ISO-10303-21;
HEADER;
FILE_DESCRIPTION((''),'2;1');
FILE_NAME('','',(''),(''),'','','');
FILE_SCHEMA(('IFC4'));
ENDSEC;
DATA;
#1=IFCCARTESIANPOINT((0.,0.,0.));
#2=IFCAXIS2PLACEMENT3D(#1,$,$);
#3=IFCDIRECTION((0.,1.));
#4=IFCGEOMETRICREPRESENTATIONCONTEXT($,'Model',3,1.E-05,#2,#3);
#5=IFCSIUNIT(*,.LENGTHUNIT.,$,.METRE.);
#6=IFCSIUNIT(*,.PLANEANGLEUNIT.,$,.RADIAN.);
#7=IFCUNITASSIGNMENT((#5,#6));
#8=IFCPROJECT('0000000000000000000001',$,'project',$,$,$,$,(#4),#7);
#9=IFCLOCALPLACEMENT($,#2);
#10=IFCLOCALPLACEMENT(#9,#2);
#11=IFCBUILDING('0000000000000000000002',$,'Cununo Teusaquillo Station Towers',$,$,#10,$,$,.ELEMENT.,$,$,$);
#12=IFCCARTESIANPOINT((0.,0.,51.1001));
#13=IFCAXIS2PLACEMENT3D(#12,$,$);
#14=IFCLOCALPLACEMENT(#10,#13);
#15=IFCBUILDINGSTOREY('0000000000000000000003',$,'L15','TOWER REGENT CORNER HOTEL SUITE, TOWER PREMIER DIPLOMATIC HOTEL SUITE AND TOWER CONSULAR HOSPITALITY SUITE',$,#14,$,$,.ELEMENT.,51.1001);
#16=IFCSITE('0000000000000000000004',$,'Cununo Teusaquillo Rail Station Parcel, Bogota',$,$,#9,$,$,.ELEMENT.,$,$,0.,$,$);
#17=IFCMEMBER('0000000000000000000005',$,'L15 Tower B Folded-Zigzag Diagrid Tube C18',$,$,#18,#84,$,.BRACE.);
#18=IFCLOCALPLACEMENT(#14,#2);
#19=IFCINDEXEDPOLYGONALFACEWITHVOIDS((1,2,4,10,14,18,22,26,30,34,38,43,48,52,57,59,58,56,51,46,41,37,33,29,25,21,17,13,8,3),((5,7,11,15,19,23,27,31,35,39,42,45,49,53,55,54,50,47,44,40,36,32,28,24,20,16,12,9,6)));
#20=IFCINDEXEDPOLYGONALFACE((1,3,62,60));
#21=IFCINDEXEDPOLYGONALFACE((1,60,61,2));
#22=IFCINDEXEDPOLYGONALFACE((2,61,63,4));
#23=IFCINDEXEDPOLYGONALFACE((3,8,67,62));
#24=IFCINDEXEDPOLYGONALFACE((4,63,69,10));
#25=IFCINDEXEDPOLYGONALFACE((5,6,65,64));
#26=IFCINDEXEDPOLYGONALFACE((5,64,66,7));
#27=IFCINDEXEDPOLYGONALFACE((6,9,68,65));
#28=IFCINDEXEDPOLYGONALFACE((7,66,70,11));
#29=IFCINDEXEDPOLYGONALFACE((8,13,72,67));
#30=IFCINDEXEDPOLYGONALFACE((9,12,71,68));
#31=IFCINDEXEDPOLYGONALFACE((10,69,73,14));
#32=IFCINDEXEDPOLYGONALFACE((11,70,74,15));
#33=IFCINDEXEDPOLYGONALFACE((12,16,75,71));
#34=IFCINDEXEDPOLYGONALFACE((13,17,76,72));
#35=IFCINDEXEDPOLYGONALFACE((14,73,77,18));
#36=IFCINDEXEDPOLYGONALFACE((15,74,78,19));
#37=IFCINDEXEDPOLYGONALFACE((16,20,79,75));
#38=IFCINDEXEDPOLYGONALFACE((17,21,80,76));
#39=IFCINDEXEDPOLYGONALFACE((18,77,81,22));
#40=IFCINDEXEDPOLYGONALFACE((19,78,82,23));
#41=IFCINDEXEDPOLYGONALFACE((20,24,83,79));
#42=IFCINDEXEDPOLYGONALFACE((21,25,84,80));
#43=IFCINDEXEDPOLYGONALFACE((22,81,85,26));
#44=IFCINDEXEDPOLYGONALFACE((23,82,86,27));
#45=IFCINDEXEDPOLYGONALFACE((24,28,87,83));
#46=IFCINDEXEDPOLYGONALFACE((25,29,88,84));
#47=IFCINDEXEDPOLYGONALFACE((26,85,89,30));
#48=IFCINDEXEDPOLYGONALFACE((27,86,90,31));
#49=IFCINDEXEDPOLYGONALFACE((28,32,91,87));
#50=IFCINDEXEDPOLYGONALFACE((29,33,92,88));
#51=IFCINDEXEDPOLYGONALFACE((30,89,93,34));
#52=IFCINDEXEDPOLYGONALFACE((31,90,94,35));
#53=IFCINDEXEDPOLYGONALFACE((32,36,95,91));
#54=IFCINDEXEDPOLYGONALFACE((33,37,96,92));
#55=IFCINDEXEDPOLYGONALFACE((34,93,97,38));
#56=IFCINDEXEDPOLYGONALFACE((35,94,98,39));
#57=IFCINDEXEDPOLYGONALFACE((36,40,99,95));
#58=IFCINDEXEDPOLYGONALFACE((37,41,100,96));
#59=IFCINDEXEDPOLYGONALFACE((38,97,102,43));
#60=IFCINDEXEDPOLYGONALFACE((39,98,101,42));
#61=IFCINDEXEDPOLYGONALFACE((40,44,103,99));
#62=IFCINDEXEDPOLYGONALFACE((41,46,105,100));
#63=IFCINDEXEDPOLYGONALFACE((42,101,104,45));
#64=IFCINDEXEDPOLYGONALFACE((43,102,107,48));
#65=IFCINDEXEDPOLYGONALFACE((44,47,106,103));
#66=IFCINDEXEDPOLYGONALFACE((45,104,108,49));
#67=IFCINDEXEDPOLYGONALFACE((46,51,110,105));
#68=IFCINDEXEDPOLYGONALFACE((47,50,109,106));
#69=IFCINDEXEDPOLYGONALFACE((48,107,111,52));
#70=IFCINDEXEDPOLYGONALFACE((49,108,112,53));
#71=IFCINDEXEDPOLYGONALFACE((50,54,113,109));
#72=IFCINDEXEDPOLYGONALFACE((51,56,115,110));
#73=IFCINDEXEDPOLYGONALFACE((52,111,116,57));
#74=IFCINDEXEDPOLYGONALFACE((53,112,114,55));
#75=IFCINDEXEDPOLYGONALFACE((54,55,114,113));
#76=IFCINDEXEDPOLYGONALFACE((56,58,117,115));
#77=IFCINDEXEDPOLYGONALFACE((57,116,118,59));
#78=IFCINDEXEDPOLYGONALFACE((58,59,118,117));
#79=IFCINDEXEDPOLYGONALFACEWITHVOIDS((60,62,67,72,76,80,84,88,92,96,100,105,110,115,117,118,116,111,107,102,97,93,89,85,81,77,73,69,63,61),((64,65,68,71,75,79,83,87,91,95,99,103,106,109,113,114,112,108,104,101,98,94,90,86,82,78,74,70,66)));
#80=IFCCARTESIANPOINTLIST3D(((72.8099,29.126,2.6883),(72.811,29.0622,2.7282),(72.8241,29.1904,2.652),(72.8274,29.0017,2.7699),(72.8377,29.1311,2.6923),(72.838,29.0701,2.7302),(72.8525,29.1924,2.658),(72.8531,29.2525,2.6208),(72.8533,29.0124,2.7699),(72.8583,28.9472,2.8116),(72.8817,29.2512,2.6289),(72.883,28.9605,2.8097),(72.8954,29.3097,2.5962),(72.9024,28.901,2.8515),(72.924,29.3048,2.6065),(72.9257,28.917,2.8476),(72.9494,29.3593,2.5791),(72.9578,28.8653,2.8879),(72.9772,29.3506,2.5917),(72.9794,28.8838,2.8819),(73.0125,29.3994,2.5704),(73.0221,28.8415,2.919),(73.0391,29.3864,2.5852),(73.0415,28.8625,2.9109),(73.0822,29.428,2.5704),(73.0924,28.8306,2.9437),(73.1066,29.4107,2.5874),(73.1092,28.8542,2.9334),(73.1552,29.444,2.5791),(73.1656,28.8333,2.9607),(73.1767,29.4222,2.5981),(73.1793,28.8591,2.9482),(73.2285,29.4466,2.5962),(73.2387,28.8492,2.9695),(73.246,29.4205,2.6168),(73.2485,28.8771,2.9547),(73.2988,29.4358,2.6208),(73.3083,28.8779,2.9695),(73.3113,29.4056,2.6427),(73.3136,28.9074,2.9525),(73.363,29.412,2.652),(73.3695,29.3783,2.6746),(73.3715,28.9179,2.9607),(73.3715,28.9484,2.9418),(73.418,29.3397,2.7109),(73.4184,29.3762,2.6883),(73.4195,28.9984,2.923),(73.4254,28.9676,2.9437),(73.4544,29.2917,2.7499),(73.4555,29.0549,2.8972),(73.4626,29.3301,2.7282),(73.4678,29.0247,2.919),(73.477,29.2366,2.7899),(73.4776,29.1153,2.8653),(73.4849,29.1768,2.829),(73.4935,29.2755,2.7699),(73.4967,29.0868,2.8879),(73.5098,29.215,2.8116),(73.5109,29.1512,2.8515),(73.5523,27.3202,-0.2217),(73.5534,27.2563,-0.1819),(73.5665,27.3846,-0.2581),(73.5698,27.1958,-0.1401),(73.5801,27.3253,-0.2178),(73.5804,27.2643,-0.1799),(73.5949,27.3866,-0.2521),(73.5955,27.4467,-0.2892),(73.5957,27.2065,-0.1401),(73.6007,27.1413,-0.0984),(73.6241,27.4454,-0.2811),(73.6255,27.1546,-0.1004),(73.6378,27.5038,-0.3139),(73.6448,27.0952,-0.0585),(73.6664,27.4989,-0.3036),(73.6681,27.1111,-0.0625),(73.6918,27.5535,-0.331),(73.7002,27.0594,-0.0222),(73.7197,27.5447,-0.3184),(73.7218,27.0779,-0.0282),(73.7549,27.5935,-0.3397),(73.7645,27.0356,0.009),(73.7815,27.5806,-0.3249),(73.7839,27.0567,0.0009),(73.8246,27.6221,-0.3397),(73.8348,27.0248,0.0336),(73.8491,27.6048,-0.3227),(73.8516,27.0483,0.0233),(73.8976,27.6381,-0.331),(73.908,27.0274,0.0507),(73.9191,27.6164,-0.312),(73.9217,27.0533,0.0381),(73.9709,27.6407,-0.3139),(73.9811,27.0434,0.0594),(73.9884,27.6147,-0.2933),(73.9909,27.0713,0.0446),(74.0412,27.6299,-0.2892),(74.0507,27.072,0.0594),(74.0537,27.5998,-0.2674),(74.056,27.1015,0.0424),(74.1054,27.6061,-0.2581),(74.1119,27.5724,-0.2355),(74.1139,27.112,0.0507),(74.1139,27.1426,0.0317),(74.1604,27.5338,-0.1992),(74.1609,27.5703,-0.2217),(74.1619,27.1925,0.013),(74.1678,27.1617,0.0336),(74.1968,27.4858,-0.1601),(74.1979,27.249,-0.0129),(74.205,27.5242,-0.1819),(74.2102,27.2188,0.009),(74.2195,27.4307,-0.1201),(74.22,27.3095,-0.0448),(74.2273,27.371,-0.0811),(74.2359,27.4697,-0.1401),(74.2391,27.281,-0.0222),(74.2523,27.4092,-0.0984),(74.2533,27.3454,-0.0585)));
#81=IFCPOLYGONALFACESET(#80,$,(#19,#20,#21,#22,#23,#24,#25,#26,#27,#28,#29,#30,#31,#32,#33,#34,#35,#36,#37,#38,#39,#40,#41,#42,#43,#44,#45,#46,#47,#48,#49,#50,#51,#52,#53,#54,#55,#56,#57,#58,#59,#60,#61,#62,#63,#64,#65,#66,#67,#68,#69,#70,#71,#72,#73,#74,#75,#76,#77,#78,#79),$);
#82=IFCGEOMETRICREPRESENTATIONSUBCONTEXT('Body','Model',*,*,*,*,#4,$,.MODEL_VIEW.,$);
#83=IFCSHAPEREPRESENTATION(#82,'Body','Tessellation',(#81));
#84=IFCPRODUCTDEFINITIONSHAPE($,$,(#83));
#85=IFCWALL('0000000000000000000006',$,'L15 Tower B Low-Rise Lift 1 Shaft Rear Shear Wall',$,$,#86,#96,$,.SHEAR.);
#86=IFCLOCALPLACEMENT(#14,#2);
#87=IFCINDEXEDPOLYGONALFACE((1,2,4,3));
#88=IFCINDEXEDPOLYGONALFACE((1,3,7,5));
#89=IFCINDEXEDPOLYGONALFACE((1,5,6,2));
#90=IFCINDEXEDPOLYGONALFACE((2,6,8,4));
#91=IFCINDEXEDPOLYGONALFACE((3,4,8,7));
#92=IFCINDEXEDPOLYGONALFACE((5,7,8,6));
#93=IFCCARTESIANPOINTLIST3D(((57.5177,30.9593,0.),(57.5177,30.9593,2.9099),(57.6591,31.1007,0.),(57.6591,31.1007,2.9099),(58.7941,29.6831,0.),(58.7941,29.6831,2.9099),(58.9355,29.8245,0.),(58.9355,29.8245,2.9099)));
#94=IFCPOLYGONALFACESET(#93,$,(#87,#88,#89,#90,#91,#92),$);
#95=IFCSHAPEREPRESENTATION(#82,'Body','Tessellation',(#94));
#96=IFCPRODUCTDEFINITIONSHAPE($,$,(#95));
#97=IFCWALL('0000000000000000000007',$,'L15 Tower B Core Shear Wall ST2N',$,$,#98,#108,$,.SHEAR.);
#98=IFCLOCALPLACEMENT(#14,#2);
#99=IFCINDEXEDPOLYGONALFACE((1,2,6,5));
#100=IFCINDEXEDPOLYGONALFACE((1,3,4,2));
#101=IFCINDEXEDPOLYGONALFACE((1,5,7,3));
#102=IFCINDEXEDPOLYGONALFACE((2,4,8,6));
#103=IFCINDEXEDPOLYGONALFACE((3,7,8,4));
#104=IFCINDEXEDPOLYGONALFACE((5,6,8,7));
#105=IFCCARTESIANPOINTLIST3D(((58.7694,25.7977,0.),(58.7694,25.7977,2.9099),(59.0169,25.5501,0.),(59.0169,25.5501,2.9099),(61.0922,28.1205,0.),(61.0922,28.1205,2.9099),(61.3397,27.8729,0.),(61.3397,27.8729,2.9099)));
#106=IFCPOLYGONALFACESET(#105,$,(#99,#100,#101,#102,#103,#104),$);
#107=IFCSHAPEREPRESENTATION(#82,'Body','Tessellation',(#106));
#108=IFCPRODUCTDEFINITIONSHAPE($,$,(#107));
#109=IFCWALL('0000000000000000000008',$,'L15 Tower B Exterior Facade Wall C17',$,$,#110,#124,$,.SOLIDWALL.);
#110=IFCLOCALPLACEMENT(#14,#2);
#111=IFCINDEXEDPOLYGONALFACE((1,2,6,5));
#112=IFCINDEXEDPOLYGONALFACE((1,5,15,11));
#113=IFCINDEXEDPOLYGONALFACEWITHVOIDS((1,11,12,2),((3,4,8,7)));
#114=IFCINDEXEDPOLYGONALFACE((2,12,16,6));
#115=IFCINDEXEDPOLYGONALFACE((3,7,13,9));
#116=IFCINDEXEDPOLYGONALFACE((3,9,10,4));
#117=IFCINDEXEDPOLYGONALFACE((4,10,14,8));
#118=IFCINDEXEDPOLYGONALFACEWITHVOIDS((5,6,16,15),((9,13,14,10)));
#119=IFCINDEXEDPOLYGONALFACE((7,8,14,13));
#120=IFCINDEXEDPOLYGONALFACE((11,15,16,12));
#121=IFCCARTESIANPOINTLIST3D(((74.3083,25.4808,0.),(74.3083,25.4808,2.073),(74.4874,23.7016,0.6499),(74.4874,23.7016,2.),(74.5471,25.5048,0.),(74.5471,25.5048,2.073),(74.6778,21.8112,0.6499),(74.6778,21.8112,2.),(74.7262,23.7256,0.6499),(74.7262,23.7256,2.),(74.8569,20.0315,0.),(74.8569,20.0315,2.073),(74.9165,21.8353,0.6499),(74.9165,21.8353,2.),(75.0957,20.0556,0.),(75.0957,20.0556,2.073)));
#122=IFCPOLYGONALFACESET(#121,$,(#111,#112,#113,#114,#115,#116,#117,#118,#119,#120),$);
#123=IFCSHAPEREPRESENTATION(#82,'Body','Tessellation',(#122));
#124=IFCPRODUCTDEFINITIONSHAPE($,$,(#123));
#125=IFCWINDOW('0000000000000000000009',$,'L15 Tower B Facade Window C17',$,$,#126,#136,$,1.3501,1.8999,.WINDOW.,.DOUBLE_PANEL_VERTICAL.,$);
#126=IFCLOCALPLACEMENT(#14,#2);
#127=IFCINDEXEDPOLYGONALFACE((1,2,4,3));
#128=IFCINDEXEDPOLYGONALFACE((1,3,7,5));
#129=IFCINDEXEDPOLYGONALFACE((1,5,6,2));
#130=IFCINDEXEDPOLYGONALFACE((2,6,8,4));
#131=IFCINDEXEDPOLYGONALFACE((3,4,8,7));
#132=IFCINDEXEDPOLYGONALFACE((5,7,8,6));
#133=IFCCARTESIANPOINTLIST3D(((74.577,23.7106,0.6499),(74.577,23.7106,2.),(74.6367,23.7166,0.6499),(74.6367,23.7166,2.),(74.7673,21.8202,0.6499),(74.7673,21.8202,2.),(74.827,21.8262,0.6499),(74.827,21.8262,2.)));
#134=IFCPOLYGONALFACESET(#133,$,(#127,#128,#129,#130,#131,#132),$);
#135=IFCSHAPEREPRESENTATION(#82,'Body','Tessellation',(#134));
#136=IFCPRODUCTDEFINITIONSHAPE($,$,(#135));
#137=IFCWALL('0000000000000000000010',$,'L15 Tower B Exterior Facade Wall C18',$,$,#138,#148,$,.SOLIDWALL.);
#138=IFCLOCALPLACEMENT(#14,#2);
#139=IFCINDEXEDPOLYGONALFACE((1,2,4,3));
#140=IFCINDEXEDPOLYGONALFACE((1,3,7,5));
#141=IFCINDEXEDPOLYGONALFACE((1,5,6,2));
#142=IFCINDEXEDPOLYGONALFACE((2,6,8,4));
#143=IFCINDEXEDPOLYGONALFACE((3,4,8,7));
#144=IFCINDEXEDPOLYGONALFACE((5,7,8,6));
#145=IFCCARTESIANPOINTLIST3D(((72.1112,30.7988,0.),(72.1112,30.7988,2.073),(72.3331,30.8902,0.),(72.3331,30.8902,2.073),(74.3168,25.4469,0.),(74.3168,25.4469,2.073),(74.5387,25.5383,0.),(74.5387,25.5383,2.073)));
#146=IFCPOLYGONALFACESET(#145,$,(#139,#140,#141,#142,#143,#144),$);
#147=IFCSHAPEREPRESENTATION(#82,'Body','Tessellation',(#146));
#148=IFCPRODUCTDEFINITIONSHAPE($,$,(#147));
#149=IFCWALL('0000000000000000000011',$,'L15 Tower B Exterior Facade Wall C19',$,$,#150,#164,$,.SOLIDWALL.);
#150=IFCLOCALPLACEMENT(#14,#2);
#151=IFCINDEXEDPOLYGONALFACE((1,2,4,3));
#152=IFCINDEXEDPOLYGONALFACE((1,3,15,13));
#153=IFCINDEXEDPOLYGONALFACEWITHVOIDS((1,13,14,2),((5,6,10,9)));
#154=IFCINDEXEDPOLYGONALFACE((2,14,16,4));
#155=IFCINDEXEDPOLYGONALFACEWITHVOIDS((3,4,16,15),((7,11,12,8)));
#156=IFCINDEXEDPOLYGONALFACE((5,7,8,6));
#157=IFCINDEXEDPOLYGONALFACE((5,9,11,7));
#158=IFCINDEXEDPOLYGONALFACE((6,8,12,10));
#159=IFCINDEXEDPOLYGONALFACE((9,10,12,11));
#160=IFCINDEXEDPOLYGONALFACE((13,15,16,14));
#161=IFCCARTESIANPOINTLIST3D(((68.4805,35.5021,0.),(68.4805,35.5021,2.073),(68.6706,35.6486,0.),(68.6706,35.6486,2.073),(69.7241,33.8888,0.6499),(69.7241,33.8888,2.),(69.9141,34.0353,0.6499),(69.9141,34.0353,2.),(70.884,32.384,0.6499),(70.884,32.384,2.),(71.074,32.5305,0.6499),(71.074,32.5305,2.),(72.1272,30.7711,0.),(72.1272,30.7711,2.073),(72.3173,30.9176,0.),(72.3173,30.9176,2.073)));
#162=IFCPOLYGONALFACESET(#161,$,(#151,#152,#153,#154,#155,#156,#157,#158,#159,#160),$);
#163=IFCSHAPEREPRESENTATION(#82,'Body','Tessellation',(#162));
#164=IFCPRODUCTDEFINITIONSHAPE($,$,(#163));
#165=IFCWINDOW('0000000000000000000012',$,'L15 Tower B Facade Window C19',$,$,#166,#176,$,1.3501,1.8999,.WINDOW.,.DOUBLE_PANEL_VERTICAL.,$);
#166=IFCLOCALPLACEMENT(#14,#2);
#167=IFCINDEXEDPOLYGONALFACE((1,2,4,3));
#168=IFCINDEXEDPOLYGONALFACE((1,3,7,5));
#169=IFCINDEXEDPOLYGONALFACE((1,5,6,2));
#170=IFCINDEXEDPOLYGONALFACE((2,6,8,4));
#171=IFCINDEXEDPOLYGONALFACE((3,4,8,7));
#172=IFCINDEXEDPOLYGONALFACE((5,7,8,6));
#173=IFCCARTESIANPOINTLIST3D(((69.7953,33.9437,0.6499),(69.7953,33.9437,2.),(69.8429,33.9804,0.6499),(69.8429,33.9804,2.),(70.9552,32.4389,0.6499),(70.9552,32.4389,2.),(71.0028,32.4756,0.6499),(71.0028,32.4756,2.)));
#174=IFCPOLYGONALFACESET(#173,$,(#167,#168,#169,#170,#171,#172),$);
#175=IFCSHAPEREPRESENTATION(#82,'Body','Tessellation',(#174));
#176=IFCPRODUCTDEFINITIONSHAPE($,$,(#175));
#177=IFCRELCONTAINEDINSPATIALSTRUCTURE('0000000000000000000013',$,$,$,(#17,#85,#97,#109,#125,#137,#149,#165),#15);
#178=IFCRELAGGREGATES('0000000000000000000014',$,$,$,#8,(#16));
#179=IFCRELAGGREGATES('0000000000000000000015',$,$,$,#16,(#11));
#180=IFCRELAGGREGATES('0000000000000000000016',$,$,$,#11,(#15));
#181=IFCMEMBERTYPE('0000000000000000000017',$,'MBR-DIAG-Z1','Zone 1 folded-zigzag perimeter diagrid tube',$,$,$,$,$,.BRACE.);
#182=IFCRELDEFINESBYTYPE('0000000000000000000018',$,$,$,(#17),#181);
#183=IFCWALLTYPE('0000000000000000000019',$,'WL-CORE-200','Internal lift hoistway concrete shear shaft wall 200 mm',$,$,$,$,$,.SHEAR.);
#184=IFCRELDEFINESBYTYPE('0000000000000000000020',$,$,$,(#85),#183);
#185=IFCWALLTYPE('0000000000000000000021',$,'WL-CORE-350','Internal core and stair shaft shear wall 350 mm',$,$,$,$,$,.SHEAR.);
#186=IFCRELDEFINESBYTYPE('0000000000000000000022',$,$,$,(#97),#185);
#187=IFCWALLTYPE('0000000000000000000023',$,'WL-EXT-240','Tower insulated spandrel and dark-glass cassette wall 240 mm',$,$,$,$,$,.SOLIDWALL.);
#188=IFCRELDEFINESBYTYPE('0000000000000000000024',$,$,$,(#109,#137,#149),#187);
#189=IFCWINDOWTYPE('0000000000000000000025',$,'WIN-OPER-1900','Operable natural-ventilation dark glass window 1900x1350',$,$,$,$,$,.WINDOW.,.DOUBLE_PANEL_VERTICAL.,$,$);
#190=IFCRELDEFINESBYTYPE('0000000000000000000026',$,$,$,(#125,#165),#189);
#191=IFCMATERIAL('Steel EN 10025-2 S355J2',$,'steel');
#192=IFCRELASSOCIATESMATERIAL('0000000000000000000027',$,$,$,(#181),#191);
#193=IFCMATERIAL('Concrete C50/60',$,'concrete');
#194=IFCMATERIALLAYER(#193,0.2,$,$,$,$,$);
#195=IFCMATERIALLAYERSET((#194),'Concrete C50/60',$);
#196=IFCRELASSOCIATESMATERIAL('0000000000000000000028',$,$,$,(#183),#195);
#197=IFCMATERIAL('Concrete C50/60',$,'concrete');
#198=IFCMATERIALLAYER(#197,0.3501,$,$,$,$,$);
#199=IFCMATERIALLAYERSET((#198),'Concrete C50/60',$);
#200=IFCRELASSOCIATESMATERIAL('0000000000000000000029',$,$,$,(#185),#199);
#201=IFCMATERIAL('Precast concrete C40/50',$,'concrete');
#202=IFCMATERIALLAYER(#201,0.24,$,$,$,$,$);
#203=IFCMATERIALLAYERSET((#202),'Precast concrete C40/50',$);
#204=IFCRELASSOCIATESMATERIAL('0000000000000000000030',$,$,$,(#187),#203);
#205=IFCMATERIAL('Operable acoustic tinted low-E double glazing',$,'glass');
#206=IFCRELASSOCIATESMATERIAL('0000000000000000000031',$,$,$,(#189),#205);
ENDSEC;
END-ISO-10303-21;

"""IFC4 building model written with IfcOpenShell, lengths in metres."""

from ifc_helpers import new_model, si_unit, direction, frame, frame_2d, origin, origin_2d, place, context, subcontext, project, spatial, rectangle, hollow_circle, extrude, source, transform, mapped, material, layer, layer_set, material_profile, profile_set, type_object, element, fill, save


model = new_model("IFC4")

# Units and contexts
model_context = context("Model", 3, precision=1e-05, world=origin(), true_north=direction((0.0, 1.0)))
body_context = subcontext(model_context, "Body", "Model", "MODEL_VIEW")
ifc_project = project(units=[si_unit("LENGTHUNIT", "METRE"), si_unit("PLANEANGLEUNIT", "RADIAN")], contexts=[model_context])

# Site, building, storey
site_placement = place(None, origin())
site = spatial("IfcSite", under=ifc_project, at=site_placement, Name="Cununo Teusaquillo Rail Station Parcel, Bogota", CompositionType="ELEMENT", RefElevation=0.0)
building_placement = place(site_placement, origin())
building = spatial("IfcBuilding", under=site, at=building_placement, Name="Cununo Teusaquillo Station Towers", CompositionType="ELEMENT")
storey_placement = place(building_placement, frame((0.0, 0.0, 51.1001)))
storey = spatial("IfcBuildingStorey", under=building, at=storey_placement, Name="L15", Description="TOWER REGENT CORNER HOTEL SUITE, TOWER PREMIER DIPLOMATIC HOTEL SUITE AND TOWER CONSULAR HOSPITALITY SUITE", CompositionType="ELEMENT", Elevation=51.1001)

# Member
ifc_material_1 = material(Name="Steel EN 10025-2 S355J2", Category="steel")
ifc_material_profile_1 = material_profile(ifc_material_1, hollow_circle(Radius=0.3601, WallThickness=0.0281, at=origin_2d()), Name="CHS 720x28")
ifc_profile_set_1 = profile_set([ifc_material_profile_1], Name="Steel EN 10025-2 S355J2")
member_type = type_object("IfcMemberType", Name="MBR-DIAG-Z1", Description="Zone 1 folded-zigzag perimeter diagrid tube", PredefinedType="BRACE", material=ifc_profile_set_1)
member_placement = place(storey_placement, frame((73.9028, 27.3328, -0.1401), z_axis=(-0.211851, 0.515311, 0.830406), x_axis=(-0.92489, -0.380234, 0.0)))
element("IfcMember", 1, at=member_placement, inside=storey, type_object=member_type, Name="L15 Tower B Folded-Zigzag Diagrid Tube C18", PredefinedType="BRACE", context=body_context, shape_type="SweptSolid", body=[
    extrude(hollow_circle(Radius=0.3601, WallThickness=0.0281, at=origin_2d()), origin(), (0.0, 0.0, 1.0), 3.5044),
])

# Walls
ifc_material_2 = material(Name="Concrete C50/60", Category="concrete")
ifc_layer_1 = layer(ifc_material_2, 0.2)
ifc_layer_set_1 = layer_set([ifc_layer_1], Name="Concrete C50/60")
wall_type_1 = type_object("IfcWallType", Name="WL-CORE-200", Description="Internal lift hoistway concrete shear shaft wall 200 mm", PredefinedType="SHEAR", material=ifc_layer_set_1)
wall_1_placement = place(storey_placement, frame((58.8647, 29.7539, 0.0), z_axis=(0.0, 0.0, 1.0), x_axis=(-0.707174, 0.707039, 0.0)))
element("IfcWall", 2, at=wall_1_placement, inside=storey, type_object=wall_type_1, Name="L15 Tower B Low-Rise Lift 1 Shaft Rear Shear Wall", PredefinedType="SHEAR", context=body_context, shape_type="SweptSolid", body=[
    extrude(rectangle(XDim=1.8049, YDim=0.2, at=frame_2d((0.9023, 0.0))), origin(), (0.0, 0.0, 1.0), 2.9099),
])
ifc_material_3 = material(Name="Concrete C50/60", Category="concrete")
ifc_layer_2 = layer(ifc_material_3, 0.3501)
ifc_layer_set_2 = layer_set([ifc_layer_2], Name="Concrete C50/60")
wall_type_2 = type_object("IfcWallType", Name="WL-CORE-350", Description="Internal core and stair shaft shear wall 350 mm", PredefinedType="SHEAR", material=ifc_layer_set_2)
wall_2_placement = place(storey_placement, frame((58.8931, 25.6738, 0.0), z_axis=(0.0, 0.0, 1.0), x_axis=(0.707107, 0.707107, 0.0)))
element("IfcWall", 3, at=wall_2_placement, inside=storey, type_object=wall_type_2, Name="L15 Tower B Core Shear Wall ST2N", PredefinedType="SHEAR", context=body_context, shape_type="SweptSolid", body=[
    extrude(rectangle(XDim=3.2849, YDim=0.3501, at=frame_2d((1.6426, 0.0))), origin(), (0.0, 0.0, 1.0), 2.9099),
])

# Wall, opening, window
ifc_material_4 = material(Name="Precast concrete C40/50", Category="concrete")
ifc_layer_3 = layer(ifc_material_4, 0.24)
ifc_layer_set_3 = layer_set([ifc_layer_3], Name="Precast concrete C40/50")
wall_type_3 = type_object("IfcWallType", Name="WL-EXT-240", Description="Tower insulated spandrel and dark-glass cassette wall 240 mm", PredefinedType="SOLIDWALL", material=ifc_layer_set_3)
wall_3_placement = place(storey_placement, frame((74.4277, 25.4927, 0.0), z_axis=(0.0, 0.0, 1.0), x_axis=(0.100166, -0.994971, 0.0)))
wall_3 = element("IfcWall", 4, at=wall_3_placement, inside=storey, type_object=wall_type_3, Name="L15 Tower B Exterior Facade Wall C17", PredefinedType="SOLIDWALL", context=body_context, shape_type="SweptSolid", body=[
    extrude(rectangle(XDim=5.4768, YDim=0.24, at=frame_2d((2.7383, 0.0))), origin(), (0.0, 0.0, 1.0), 2.073),
])
shared_shape_1 = source(origin(), body_context, "Body", "SweptSolid", [
    extrude(rectangle(XDim=1.8999, YDim=1.3501, at=frame_2d((0.95, 0.675))), frame((0.0, 0.1299, 0.0), z_axis=(0.0, -1.0, 0.0), x_axis=(1.0, 0.0, 0.0)), (0.0, 0.0, 1.0), 0.26),
])
opening_1_placement = place(wall_3_placement, frame((1.7881, 0.0, 0.6499)))
opening_1 = element("IfcOpeningElement", 5, at=opening_1_placement, cuts=wall_3, PredefinedType="OPENING", context=body_context, shape_type="MappedRepresentation", body=[
    mapped(shared_shape_1, transform((0.0, 0.0, 0.0), x_axis=(1.0, 0.0, 0.0), y_axis=(0.0, 1.0, 0.0), z_axis=(0.0, 0.0, 1.0), scale=1.0)),
])
ifc_material_5 = material(Name="Operable acoustic tinted low-E double glazing", Category="glass")
window_type = type_object("IfcWindowType", Name="WIN-OPER-1900", Description="Operable natural-ventilation dark glass window 1900x1350", PartitioningType="DOUBLE_PANEL_VERTICAL", PredefinedType="WINDOW", material=ifc_material_5)
shared_shape_2 = source(origin(), body_context, "Body", "SweptSolid", [
    extrude(rectangle(XDim=1.8999, YDim=1.3501, at=frame_2d((0.95, 0.675))), frame((0.0, 0.03, 0.0), z_axis=(0.0, -1.0, 0.0), x_axis=(1.0, 0.0, 0.0)), (0.0, 0.0, 1.0), 0.0601),
])
window_1_placement = place(opening_1_placement, origin())
window_1 = element("IfcWindow", 6, at=window_1_placement, inside=storey, type_object=window_type, Name="L15 Tower B Facade Window C17", OverallHeight=1.3501, OverallWidth=1.8999, PartitioningType="DOUBLE_PANEL_VERTICAL", PredefinedType="WINDOW", context=body_context, shape_type="MappedRepresentation", body=[
    mapped(shared_shape_2, transform((0.0, 0.0, 0.0), x_axis=(1.0, 0.0, 0.0), y_axis=(0.0, 1.0, 0.0), z_axis=(0.0, 0.0, 1.0), scale=1.0)),
])
fill(opening_1, window_1)

# Wall
wall_4_placement = place(storey_placement, frame((72.2222, 30.8445, 0.0), z_axis=(0.0, 0.0, 1.0), x_axis=(0.381028, -0.924564, 0.0)))
element("IfcWall", 7, at=wall_4_placement, inside=storey, type_object=wall_type_3, Name="L15 Tower B Exterior Facade Wall C18", PredefinedType="SOLIDWALL", context=body_context, shape_type="SweptSolid", body=[
    extrude(rectangle(XDim=5.7886, YDim=0.24, at=frame_2d((2.8943, 0.0))), origin(), (0.0, 0.0, 1.0), 2.073),
])

# Wall, opening, window
wall_5_placement = place(storey_placement, frame((68.5754, 35.5754, 0.0), z_axis=(0.0, 0.0, 1.0), x_axis=(0.610503, -0.792014, 0.0)))
wall_5 = element("IfcWall", 8, at=wall_5_placement, inside=storey, type_object=wall_type_3, Name="L15 Tower B Exterior Facade Wall C19", PredefinedType="SOLIDWALL", context=body_context, shape_type="SweptSolid", body=[
    extrude(rectangle(XDim=5.9734, YDim=0.24, at=frame_2d((2.9868, 0.0))), origin(), (0.0, 0.0, 1.0), 2.073),
])
opening_2_placement = place(wall_5_placement, frame((2.0371, 0.0, 0.6499)))
opening_2 = element("IfcOpeningElement", 9, at=opening_2_placement, cuts=wall_5, PredefinedType="OPENING", context=body_context, shape_type="MappedRepresentation", body=[
    mapped(shared_shape_1, transform((0.0, 0.0, 0.0), x_axis=(1.0, 0.0, 0.0), y_axis=(0.0, 1.0, 0.0), z_axis=(0.0, 0.0, 1.0), scale=1.0)),
])
window_2_placement = place(opening_2_placement, origin())
window_2 = element("IfcWindow", 10, at=window_2_placement, inside=storey, type_object=window_type, Name="L15 Tower B Facade Window C19", OverallHeight=1.3501, OverallWidth=1.8999, PartitioningType="DOUBLE_PANEL_VERTICAL", PredefinedType="WINDOW", context=body_context, shape_type="MappedRepresentation", body=[
    mapped(shared_shape_2, transform((0.0, 0.0, 0.0), x_axis=(1.0, 0.0, 0.0), y_axis=(0.0, 1.0, 0.0), z_axis=(0.0, 0.0, 1.0), scale=1.0)),
])
fill(opening_2, window_2)

save(model, "model.ifc")
